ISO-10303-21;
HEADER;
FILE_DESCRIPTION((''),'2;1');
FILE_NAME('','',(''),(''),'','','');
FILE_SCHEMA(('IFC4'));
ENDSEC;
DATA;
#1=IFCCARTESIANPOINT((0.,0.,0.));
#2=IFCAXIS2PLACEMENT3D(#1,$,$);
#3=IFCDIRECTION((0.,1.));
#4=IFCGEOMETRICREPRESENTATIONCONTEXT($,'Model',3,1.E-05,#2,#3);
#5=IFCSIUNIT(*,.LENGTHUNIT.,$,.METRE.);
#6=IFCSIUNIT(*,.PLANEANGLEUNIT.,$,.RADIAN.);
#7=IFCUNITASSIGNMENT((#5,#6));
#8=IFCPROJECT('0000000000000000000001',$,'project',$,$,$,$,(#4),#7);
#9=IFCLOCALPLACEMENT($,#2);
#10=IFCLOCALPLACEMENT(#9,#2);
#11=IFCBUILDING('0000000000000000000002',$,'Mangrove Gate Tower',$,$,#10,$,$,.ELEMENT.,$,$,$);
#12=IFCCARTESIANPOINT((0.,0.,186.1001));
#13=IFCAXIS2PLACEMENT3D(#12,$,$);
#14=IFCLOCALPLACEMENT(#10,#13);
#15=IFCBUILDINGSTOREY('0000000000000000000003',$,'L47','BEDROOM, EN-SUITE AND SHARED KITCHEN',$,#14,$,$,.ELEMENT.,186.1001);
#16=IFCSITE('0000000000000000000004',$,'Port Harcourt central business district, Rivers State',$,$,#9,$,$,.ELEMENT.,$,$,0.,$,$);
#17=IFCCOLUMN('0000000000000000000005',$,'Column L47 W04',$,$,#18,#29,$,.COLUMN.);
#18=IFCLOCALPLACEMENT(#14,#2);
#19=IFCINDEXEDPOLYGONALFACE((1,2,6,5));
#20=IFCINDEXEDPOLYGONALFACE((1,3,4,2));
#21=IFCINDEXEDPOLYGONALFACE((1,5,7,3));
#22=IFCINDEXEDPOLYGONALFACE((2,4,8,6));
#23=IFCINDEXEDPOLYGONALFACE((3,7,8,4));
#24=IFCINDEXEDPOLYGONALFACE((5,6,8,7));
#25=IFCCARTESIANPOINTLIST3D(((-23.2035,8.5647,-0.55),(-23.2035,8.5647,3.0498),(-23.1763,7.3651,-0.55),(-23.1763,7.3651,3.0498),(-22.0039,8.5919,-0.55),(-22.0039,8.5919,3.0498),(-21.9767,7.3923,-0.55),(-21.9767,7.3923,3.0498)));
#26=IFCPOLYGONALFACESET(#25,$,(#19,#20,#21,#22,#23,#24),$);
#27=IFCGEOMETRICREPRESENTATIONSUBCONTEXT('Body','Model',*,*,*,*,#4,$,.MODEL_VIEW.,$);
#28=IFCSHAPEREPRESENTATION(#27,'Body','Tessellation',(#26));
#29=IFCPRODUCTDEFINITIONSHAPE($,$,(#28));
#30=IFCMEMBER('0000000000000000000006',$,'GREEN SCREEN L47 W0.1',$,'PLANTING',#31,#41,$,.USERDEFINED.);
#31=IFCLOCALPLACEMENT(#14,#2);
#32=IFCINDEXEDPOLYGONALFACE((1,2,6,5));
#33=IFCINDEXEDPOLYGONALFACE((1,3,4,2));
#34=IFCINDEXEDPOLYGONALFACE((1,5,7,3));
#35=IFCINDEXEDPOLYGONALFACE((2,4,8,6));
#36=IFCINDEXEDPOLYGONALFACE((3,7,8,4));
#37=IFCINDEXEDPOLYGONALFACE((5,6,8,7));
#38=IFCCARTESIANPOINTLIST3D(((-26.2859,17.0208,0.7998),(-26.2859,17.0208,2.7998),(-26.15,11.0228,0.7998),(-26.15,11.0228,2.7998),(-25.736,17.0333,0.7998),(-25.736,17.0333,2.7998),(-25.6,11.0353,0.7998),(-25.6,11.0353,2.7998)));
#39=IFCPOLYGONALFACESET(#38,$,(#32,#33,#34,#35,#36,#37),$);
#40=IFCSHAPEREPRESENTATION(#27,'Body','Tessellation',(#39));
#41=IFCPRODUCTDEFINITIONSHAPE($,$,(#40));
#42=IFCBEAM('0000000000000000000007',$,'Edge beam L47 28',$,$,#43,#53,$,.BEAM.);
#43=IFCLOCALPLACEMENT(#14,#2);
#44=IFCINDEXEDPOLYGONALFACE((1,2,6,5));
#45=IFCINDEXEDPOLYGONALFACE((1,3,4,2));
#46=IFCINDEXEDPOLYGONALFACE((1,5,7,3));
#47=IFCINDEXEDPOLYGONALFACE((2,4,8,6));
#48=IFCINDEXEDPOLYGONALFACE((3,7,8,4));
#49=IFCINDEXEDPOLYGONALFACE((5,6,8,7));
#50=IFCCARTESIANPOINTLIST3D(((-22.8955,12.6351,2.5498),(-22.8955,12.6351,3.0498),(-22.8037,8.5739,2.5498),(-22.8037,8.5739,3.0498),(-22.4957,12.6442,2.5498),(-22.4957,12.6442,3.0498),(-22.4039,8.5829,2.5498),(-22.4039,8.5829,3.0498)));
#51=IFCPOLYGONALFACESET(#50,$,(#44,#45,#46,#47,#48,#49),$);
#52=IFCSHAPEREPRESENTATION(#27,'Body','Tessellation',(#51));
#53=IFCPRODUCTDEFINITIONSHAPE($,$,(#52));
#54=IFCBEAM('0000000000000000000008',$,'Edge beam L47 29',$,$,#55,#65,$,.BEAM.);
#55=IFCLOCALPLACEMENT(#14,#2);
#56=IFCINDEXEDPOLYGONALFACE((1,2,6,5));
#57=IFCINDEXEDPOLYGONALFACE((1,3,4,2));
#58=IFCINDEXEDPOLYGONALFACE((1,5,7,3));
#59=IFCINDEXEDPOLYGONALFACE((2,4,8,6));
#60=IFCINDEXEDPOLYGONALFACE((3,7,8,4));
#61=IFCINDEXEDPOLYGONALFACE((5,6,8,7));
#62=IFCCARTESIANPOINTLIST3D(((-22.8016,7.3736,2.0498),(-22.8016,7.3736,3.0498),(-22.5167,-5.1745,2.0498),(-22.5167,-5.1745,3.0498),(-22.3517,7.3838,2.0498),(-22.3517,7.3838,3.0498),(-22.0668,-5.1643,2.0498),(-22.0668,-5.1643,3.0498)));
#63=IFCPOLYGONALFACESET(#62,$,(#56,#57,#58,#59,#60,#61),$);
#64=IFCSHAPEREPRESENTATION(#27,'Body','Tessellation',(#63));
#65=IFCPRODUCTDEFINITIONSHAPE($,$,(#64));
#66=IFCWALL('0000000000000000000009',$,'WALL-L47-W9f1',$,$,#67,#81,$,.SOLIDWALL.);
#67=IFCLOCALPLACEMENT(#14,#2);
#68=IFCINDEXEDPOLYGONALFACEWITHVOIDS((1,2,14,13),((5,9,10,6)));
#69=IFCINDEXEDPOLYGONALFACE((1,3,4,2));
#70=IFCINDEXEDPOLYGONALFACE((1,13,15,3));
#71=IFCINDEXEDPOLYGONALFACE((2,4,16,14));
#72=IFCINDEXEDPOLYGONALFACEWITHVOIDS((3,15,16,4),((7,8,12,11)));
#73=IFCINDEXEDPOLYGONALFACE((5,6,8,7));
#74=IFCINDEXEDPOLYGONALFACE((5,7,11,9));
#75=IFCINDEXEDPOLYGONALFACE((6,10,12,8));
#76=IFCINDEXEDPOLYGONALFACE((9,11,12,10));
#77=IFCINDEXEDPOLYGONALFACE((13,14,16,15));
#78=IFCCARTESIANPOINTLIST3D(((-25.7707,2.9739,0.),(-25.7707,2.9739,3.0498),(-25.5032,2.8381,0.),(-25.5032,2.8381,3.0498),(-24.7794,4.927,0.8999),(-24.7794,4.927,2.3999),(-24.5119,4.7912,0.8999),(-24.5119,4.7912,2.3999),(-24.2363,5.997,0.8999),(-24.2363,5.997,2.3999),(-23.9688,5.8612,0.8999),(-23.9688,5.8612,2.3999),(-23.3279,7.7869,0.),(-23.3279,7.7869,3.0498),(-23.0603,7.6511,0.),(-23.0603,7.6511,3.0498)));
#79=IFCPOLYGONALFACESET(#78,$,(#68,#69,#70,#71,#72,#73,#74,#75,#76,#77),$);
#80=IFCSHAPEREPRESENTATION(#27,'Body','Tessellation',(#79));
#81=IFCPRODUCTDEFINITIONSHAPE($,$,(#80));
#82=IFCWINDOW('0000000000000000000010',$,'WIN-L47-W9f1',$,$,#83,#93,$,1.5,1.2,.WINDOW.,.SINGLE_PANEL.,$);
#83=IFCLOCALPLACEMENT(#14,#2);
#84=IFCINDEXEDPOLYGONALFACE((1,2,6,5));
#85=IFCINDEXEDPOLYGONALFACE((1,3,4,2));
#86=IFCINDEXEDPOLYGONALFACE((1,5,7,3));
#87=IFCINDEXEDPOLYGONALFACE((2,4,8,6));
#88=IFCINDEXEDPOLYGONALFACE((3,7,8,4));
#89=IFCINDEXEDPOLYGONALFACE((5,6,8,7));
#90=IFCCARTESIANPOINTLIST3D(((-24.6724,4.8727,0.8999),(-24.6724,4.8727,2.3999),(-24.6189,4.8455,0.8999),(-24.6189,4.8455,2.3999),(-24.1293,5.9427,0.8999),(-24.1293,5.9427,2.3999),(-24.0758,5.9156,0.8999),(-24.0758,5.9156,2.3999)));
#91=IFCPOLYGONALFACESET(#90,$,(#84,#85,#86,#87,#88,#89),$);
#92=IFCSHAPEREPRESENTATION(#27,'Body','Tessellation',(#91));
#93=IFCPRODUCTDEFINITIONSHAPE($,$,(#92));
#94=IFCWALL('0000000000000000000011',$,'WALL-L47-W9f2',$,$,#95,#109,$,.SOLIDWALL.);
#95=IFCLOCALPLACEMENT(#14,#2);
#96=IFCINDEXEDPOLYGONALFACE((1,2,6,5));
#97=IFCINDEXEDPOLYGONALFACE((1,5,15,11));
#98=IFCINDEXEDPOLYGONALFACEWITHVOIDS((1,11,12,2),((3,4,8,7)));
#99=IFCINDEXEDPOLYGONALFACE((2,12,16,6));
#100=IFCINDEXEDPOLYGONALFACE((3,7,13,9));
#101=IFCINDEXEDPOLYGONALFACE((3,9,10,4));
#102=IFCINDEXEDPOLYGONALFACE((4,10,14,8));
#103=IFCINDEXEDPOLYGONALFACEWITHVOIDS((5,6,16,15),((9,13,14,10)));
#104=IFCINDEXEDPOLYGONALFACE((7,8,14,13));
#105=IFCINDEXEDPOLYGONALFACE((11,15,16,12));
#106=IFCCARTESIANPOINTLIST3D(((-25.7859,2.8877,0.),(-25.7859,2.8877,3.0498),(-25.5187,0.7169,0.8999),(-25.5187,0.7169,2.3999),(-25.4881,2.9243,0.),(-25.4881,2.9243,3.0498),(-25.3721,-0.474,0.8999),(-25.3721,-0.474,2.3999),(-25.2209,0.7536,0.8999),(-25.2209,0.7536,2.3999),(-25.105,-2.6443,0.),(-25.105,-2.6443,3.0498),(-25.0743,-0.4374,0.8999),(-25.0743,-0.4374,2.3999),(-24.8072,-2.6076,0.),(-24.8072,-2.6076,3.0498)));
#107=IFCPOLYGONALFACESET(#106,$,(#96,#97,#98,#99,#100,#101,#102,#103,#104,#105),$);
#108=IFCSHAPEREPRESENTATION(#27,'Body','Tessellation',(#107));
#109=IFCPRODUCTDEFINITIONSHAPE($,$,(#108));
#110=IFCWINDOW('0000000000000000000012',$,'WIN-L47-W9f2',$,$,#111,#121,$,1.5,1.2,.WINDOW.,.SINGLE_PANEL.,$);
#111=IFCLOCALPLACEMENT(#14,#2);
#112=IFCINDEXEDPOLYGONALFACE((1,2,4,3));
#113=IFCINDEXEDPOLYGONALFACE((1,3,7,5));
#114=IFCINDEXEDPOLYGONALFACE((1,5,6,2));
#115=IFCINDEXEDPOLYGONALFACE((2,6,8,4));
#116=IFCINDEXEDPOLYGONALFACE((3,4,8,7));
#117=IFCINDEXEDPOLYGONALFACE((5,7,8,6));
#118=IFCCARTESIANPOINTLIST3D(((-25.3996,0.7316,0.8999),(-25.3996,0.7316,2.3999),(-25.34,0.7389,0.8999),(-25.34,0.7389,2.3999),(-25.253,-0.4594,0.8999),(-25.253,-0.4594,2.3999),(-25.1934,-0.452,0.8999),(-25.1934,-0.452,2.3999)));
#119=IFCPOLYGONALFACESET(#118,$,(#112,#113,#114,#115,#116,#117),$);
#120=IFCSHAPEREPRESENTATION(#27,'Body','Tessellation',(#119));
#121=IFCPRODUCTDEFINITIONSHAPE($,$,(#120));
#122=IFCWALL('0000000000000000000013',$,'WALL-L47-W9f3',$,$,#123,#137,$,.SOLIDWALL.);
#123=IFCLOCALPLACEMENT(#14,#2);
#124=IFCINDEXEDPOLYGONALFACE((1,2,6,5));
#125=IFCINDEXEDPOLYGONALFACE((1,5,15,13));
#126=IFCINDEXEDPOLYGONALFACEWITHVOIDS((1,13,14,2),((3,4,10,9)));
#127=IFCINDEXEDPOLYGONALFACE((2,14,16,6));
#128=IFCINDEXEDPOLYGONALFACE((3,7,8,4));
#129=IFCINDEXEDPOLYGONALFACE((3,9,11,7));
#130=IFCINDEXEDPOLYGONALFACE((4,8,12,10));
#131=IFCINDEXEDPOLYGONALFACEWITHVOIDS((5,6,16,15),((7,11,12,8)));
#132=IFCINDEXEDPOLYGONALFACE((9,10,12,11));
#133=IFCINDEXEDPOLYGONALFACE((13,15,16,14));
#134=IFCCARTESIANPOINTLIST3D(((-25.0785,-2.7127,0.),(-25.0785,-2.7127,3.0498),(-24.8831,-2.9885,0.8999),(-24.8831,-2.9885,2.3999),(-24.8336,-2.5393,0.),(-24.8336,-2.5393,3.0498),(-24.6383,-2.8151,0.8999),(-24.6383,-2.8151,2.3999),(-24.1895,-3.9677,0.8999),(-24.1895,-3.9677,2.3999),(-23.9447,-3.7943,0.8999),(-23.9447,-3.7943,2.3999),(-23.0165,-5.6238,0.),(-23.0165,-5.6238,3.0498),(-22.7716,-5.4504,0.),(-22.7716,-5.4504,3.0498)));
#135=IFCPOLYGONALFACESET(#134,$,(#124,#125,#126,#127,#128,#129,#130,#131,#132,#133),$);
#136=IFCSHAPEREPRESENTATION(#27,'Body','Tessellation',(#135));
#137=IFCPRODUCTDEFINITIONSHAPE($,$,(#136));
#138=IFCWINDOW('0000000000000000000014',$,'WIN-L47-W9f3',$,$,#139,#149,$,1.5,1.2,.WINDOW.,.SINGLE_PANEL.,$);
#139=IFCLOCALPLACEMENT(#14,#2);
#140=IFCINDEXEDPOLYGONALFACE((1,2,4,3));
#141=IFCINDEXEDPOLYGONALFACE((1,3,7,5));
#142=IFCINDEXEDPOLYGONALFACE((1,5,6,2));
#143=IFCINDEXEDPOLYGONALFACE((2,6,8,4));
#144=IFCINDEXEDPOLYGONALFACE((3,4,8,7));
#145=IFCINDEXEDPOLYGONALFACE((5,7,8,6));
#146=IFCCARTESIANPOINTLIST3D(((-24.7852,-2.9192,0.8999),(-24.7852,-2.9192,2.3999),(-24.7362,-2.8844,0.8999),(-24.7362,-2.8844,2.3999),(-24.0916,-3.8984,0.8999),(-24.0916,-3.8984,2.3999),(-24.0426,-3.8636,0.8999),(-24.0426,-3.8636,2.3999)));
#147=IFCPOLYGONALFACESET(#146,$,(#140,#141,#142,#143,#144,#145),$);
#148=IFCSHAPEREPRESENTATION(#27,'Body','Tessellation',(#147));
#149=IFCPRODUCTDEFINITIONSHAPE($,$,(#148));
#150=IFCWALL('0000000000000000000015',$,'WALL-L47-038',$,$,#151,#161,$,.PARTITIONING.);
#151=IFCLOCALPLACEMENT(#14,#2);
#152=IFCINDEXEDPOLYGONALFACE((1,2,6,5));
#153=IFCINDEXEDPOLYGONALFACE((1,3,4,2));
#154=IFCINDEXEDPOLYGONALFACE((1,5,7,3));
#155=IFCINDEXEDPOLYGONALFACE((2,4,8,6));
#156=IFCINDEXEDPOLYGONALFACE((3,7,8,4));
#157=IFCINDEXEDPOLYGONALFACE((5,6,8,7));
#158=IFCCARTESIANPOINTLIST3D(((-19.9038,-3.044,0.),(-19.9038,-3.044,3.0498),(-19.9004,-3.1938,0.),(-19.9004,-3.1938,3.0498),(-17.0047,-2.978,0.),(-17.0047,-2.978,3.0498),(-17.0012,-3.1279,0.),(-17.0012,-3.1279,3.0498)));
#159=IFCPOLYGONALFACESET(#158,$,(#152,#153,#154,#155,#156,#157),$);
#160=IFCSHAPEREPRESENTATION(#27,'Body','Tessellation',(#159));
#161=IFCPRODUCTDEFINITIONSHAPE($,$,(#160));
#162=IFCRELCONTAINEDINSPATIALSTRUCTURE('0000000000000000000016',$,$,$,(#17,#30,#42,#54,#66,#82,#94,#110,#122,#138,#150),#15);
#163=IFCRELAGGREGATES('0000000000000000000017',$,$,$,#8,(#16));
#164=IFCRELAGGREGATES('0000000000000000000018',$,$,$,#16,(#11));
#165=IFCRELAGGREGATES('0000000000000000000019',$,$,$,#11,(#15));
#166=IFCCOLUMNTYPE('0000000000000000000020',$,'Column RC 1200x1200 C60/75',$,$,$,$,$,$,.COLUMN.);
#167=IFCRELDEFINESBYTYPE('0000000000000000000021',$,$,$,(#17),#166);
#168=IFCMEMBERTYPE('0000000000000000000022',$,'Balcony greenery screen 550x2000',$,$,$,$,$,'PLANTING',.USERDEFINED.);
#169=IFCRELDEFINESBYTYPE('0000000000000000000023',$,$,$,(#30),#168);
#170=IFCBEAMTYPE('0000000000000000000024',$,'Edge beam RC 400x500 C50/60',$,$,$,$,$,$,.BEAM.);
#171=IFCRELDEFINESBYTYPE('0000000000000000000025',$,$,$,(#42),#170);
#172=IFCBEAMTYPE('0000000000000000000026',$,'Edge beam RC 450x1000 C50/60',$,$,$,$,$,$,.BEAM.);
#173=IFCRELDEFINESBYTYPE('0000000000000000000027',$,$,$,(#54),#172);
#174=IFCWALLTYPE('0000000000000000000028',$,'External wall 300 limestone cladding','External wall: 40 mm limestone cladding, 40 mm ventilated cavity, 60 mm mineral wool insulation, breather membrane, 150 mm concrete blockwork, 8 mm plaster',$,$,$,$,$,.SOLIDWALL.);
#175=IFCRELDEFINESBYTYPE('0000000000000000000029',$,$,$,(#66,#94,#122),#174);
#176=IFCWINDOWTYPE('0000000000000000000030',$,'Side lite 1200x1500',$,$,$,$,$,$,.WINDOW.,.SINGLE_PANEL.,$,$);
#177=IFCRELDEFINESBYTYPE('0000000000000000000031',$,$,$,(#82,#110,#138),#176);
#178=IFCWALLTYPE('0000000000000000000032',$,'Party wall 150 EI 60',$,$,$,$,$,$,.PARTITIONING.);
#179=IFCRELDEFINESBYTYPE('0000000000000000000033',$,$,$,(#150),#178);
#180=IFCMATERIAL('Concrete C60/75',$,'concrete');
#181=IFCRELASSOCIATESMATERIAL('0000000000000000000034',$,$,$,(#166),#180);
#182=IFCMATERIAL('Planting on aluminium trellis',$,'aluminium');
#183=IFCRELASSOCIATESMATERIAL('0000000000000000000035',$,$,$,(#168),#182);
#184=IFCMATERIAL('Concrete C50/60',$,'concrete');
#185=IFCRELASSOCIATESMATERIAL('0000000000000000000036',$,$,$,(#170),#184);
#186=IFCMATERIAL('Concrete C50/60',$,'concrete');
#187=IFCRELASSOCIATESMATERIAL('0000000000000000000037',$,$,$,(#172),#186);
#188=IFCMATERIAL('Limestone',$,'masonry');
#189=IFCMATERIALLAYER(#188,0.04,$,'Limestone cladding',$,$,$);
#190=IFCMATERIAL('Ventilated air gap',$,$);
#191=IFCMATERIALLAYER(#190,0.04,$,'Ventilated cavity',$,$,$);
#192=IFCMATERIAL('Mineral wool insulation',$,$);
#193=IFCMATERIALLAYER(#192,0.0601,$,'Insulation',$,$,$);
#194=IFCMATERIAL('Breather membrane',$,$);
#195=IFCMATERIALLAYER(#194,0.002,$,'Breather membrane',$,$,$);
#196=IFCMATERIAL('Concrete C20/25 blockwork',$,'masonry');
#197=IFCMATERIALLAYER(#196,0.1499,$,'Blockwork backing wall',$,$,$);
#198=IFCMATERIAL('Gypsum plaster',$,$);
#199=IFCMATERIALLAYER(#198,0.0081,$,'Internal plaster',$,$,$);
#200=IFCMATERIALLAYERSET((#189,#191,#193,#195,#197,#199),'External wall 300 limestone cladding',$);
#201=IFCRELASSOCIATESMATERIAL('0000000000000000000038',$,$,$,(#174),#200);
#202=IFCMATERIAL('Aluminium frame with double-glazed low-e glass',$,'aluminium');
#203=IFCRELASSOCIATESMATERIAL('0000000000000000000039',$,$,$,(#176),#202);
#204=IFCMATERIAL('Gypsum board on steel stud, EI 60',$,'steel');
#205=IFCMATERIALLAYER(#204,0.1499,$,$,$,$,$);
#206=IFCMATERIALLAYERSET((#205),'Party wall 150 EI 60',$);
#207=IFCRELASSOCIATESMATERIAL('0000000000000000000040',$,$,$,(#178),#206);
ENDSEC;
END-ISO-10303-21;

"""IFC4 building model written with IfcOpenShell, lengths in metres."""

from ifc_helpers import new_model, si_unit, direction, frame, frame_2d, origin, origin_2d, place, context, subcontext, project, spatial, rectangle, extrude, material, layer, layer_set, material_profile, profile_set, type_object, element, fill, save


model = new_model("IFC4")

# Units and contexts
model_context = context("Model", 3, precision=1e-05, world=origin(), true_north=direction((0.0, 1.0)))
body_context = subcontext(model_context, "Body", "Model", "MODEL_VIEW")
ifc_project = project(units=[si_unit("LENGTHUNIT", "METRE"), si_unit("PLANEANGLEUNIT", "RADIAN")], contexts=[model_context])

# Site, building, storey
site_placement = place(None, origin())
site = spatial("IfcSite", under=ifc_project, at=site_placement, Name="Port Harcourt central business district, Rivers State", CompositionType="ELEMENT", RefElevation=0.0)
building_placement = place(site_placement, origin())
building = spatial("IfcBuilding", under=site, at=building_placement, Name="Mangrove Gate Tower", CompositionType="ELEMENT")
storey_placement = place(building_placement, frame((0.0, 0.0, 186.1001)))
storey = spatial("IfcBuildingStorey", under=building, at=storey_placement, Name="L47", Description="BEDROOM, EN-SUITE AND SHARED KITCHEN", CompositionType="ELEMENT", Elevation=186.1001)

# Column
ifc_material_1 = material(Name="Concrete C60/75", Category="concrete")
ifc_material_profile_1 = material_profile(ifc_material_1, rectangle(XDim=1.2, YDim=1.2, at=origin_2d()))
ifc_profile_set_1 = profile_set([ifc_material_profile_1], Name="Concrete C60/75")
column_type = type_object("IfcColumnType", Name="Column RC 1200x1200 C60/75", PredefinedType="COLUMN", material=ifc_profile_set_1)
column_placement = place(storey_placement, frame((-22.5901, 7.9785, -0.55), z_axis=(0.0, 0.0, 1.0), x_axis=(0.022668, -0.999743, 0.0)))
element("IfcColumn", 1, at=column_placement, inside=storey, type_object=column_type, Name="Column L47 W04", PredefinedType="COLUMN", context=body_context, shape_type="SweptSolid", body=[
    extrude(rectangle(XDim=1.2, YDim=1.2, at=origin_2d()), origin(), (0.0, 0.0, 1.0), 3.5999),
])

# Member
ifc_material_2 = material(Name="Planting on aluminium trellis", Category="aluminium")
ifc_material_profile_2 = material_profile(ifc_material_2, rectangle(XDim=0.55, YDim=2.0, at=origin_2d()))
ifc_profile_set_2 = profile_set([ifc_material_profile_2], Name="Planting on aluminium trellis")
member_type = type_object("IfcMemberType", Name="Balcony greenery screen 550x2000", ElementType="PLANTING", PredefinedType="USERDEFINED", material=ifc_profile_set_2)
member_placement = place(storey_placement, frame((-25.875, 11.0291, 1.7998), z_axis=(-0.022666, 0.999743, 0.0), x_axis=(-0.999743, -0.022666, 0.0)))
element("IfcMember", 2, at=member_placement, inside=storey, type_object=member_type, Name="GREEN SCREEN L47 W0.1", ObjectType="PLANTING", PredefinedType="USERDEFINED", context=body_context, shape_type="SweptSolid", body=[
    extrude(rectangle(XDim=0.55, YDim=2.0, at=origin_2d()), origin(), (0.0, 0.0, 1.0), 5.9995),
])

# Beams
ifc_material_3 = material(Name="Concrete C50/60", Category="concrete")
ifc_material_profile_3 = material_profile(ifc_material_3, rectangle(XDim=0.3999, YDim=0.5, at=origin_2d()))
ifc_profile_set_3 = profile_set([ifc_material_profile_3], Name="Concrete C50/60")
beam_type_1 = type_object("IfcBeamType", Name="Edge beam RC 400x500 C50/60", PredefinedType="BEAM", material=ifc_profile_set_3)
beam_1_placement = place(storey_placement, frame((-22.6956, 12.6396, 2.7998), z_axis=(0.022597, -0.999745, 0.0), x_axis=(0.999745, 0.022597, 0.0)))
element("IfcBeam", 3, at=beam_1_placement, inside=storey, type_object=beam_type_1, Name="Edge beam L47 28", PredefinedType="BEAM", context=body_context, shape_type="SweptSolid", body=[
    extrude(rectangle(XDim=0.3999, YDim=0.5, at=origin_2d()), origin(), (0.0, 0.0, 1.0), 4.0623),
])
ifc_material_4 = material(Name="Concrete C50/60", Category="concrete")
ifc_material_profile_4 = material_profile(ifc_material_4, rectangle(XDim=0.45, YDim=1.0, at=origin_2d()))
ifc_profile_set_4 = profile_set([ifc_material_profile_4], Name="Concrete C50/60")
beam_type_2 = type_object("IfcBeamType", Name="Edge beam RC 450x1000 C50/60", PredefinedType="BEAM", material=ifc_profile_set_4)
beam_2_placement = place(storey_placement, frame((-22.5767, 7.3787, 2.5498), z_axis=(0.0227, -0.999742, 0.0), x_axis=(0.999742, 0.0227, 0.0)))
element("IfcBeam", 4, at=beam_2_placement, inside=storey, type_object=beam_type_2, Name="Edge beam L47 29", PredefinedType="BEAM", context=body_context, shape_type="SweptSolid", body=[
    extrude(rectangle(XDim=0.45, YDim=1.0, at=origin_2d()), origin(), (0.0, 0.0, 1.0), 12.5513),
])

# Walls, openings, windows
ifc_material_5 = material(Name="Limestone", Category="masonry")
ifc_layer_1 = layer(ifc_material_5, 0.04, Name="Limestone cladding")
ifc_material_6 = material(Name="Ventilated air gap")
ifc_layer_2 = layer(ifc_material_6, 0.04, Name="Ventilated cavity")
ifc_material_7 = material(Name="Mineral wool insulation")
ifc_layer_3 = layer(ifc_material_7, 0.0601, Name="Insulation")
ifc_material_8 = material(Name="Breather membrane")
ifc_layer_4 = layer(ifc_material_8, 0.002, Name="Breather membrane")
ifc_material_9 = material(Name="Concrete C20/25 blockwork", Category="masonry")
ifc_layer_5 = layer(ifc_material_9, 0.1499, Name="Blockwork backing wall")
ifc_material_10 = material(Name="Gypsum plaster")
ifc_layer_6 = layer(ifc_material_10, 0.0081, Name="Internal plaster")
ifc_layer_set_1 = layer_set([ifc_layer_1, ifc_layer_2, ifc_layer_3, ifc_layer_4, ifc_layer_5, ifc_layer_6], Name="External wall 300 limestone cladding")
wall_type_1 = type_object("IfcWallType", Name="External wall 300 limestone cladding", Description="External wall: 40 mm limestone cladding, 40 mm ventilated cavity, 60 mm mineral wool insulation, breather membrane, 150 mm concrete blockwork, 8 mm plaster", PredefinedType="SOLIDWALL", material=ifc_layer_set_1)
wall_1_placement = place(storey_placement, frame((-23.1941, 7.719, 0.0), z_axis=(0.0, 0.0, 1.0), x_axis=(-0.452597, -0.891715, 0.0)))
wall_1 = element("IfcWall", 5, at=wall_1_placement, inside=storey, type_object=wall_type_1, Name="WALL-L47-W9f1", PredefinedType="SOLIDWALL", context=body_context, shape_type="SweptSolid", body=[
    extrude(rectangle(XDim=5.3975, YDim=0.3, at=frame_2d((2.6987, 0.0))), origin(), (0.0, 0.0, 1.0), 3.0498),
])
opening_1_placement = place(wall_1_placement, frame((2.0071, 0.0, 0.8999)))
opening_1 = element("IfcOpeningElement", 6, at=opening_1_placement, cuts=wall_1, PredefinedType="OPENING", context=body_context, shape_type="SweptSolid", body=[
    extrude(rectangle(XDim=1.2, YDim=1.5, at=frame_2d((0.6001, 0.75))), frame((0.0, 0.1599, 0.0), z_axis=(0.0, -1.0, 0.0), x_axis=(1.0, 0.0, 0.0)), (0.0, 0.0, 1.0), 0.3201),
])
ifc_material_11 = material(Name="Aluminium frame with double-glazed low-e glass", Category="aluminium")
window_type = type_object("IfcWindowType", Name="Side lite 1200x1500", PartitioningType="SINGLE_PANEL", PredefinedType="WINDOW", material=ifc_material_11)
window_1_placement = place(opening_1_placement, origin())
window_1 = element("IfcWindow", 7, at=window_1_placement, inside=storey, type_object=window_type, Name="WIN-L47-W9f1", OverallHeight=1.5, OverallWidth=1.2, PartitioningType="SINGLE_PANEL", PredefinedType="WINDOW", context=body_context, shape_type="SweptSolid", body=[
    extrude(rectangle(XDim=1.2, YDim=1.5, at=frame_2d((0.6001, 0.75))), frame((0.0, 0.03, 0.0), z_axis=(0.0, -1.0, 0.0), x_axis=(1.0, 0.0, 0.0)), (0.0, 0.0, 1.0), 0.0601),
])
fill(opening_1, window_1)
wall_2_placement = place(storey_placement, frame((-25.637, 2.906, 0.0), z_axis=(0.0, 0.0, 1.0), x_axis=(0.122164, -0.99251, 0.0)))
wall_2 = element("IfcWall", 8, at=wall_2_placement, inside=storey, type_object=wall_type_1, Name="WALL-L47-W9f2", PredefinedType="SOLIDWALL", context=body_context, shape_type="SweptSolid", body=[
    extrude(rectangle(XDim=5.5737, YDim=0.3, at=frame_2d((2.7869, 0.0))), origin(), (0.0, 0.0, 1.0), 3.0498),
])
opening_2_placement = place(wall_2_placement, frame((2.187, 0.0, 0.8999)))
opening_2 = element("IfcOpeningElement", 9, at=opening_2_placement, cuts=wall_2, PredefinedType="OPENING", context=body_context, shape_type="SweptSolid", body=[
    extrude(rectangle(XDim=1.2, YDim=1.5, at=frame_2d((0.6001, 0.75))), frame((0.0, 0.1599, 0.0), z_axis=(0.0, -1.0, 0.0), x_axis=(1.0, 0.0, 0.0)), (0.0, 0.0, 1.0), 0.3201),
])
window_2_placement = place(opening_2_placement, origin())
window_2 = element("IfcWindow", 10, at=window_2_placement, inside=storey, type_object=window_type, Name="WIN-L47-W9f2", OverallHeight=1.5, OverallWidth=1.2, PartitioningType="SINGLE_PANEL", PredefinedType="WINDOW", context=body_context, shape_type="SweptSolid", body=[
    extrude(rectangle(XDim=1.2, YDim=1.5, at=frame_2d((0.6001, 0.75))), frame((0.0, 0.03, 0.0), z_axis=(0.0, -1.0, 0.0), x_axis=(1.0, 0.0, 0.0)), (0.0, 0.0, 1.0), 0.0601),
])
fill(opening_2, window_2)
wall_3_placement = place(storey_placement, frame((-24.9561, -2.626, 0.0), z_axis=(0.0, 0.0, 1.0), x_axis=(0.57801, -0.81603, 0.0)))
wall_3 = element("IfcWall", 11, at=wall_3_placement, inside=storey, type_object=wall_type_1, Name="WALL-L47-W9f3", PredefinedType="SOLIDWALL", context=body_context, shape_type="SweptSolid", body=[
    extrude(rectangle(XDim=3.5674, YDim=0.3, at=frame_2d((1.7837, 0.0))), origin(), (0.0, 0.0, 1.0), 3.0498),
])
opening_3_placement = place(wall_3_placement, frame((0.3379, 0.0, 0.8999)))
opening_3 = element("IfcOpeningElement", 12, at=opening_3_placement, cuts=wall_3, PredefinedType="OPENING", context=body_context, shape_type="SweptSolid", body=[
    extrude(rectangle(XDim=1.2, YDim=1.5, at=frame_2d((0.6001, 0.75))), frame((0.0, 0.1599, 0.0), z_axis=(0.0, -1.0, 0.0), x_axis=(1.0, 0.0, 0.0)), (0.0, 0.0, 1.0), 0.3201),
])
window_3_placement = place(opening_3_placement, origin())
window_3 = element("IfcWindow", 13, at=window_3_placement, inside=storey, type_object=window_type, Name="WIN-L47-W9f3", OverallHeight=1.5, OverallWidth=1.2, PartitioningType="SINGLE_PANEL", PredefinedType="WINDOW", context=body_context, shape_type="SweptSolid", body=[
    extrude(rectangle(XDim=1.2, YDim=1.5, at=frame_2d((0.6001, 0.75))), frame((0.0, 0.03, 0.0), z_axis=(0.0, -1.0, 0.0), x_axis=(1.0, 0.0, 0.0)), (0.0, 0.0, 1.0), 0.0601),
])
fill(opening_3, window_3)

# Wall
ifc_material_12 = material(Name="Gypsum board on steel stud, EI 60", Category="steel")
ifc_layer_7 = layer(ifc_material_12, 0.1499)
ifc_layer_set_2 = layer_set([ifc_layer_7], Name="Party wall 150 EI 60")
wall_type_2 = type_object("IfcWallType", Name="Party wall 150 EI 60", PredefinedType="PARTITIONING", material=ifc_layer_set_2)
wall_4_placement = place(storey_placement, frame((-19.9021, -3.1189, 0.0), z_axis=(0.0, 0.0, 1.0), x_axis=(0.999742, 0.022731, 0.0)))
element("IfcWall", 14, at=wall_4_placement, inside=storey, type_object=wall_type_2, Name="WALL-L47-038", PredefinedType="PARTITIONING", context=body_context, shape_type="SweptSolid", body=[
    extrude(rectangle(XDim=2.8999, YDim=0.1499, at=frame_2d((1.45, 0.0))), origin(), (0.0, 0.0, 1.0), 3.0498),
])

save(model, "model.ifc")
